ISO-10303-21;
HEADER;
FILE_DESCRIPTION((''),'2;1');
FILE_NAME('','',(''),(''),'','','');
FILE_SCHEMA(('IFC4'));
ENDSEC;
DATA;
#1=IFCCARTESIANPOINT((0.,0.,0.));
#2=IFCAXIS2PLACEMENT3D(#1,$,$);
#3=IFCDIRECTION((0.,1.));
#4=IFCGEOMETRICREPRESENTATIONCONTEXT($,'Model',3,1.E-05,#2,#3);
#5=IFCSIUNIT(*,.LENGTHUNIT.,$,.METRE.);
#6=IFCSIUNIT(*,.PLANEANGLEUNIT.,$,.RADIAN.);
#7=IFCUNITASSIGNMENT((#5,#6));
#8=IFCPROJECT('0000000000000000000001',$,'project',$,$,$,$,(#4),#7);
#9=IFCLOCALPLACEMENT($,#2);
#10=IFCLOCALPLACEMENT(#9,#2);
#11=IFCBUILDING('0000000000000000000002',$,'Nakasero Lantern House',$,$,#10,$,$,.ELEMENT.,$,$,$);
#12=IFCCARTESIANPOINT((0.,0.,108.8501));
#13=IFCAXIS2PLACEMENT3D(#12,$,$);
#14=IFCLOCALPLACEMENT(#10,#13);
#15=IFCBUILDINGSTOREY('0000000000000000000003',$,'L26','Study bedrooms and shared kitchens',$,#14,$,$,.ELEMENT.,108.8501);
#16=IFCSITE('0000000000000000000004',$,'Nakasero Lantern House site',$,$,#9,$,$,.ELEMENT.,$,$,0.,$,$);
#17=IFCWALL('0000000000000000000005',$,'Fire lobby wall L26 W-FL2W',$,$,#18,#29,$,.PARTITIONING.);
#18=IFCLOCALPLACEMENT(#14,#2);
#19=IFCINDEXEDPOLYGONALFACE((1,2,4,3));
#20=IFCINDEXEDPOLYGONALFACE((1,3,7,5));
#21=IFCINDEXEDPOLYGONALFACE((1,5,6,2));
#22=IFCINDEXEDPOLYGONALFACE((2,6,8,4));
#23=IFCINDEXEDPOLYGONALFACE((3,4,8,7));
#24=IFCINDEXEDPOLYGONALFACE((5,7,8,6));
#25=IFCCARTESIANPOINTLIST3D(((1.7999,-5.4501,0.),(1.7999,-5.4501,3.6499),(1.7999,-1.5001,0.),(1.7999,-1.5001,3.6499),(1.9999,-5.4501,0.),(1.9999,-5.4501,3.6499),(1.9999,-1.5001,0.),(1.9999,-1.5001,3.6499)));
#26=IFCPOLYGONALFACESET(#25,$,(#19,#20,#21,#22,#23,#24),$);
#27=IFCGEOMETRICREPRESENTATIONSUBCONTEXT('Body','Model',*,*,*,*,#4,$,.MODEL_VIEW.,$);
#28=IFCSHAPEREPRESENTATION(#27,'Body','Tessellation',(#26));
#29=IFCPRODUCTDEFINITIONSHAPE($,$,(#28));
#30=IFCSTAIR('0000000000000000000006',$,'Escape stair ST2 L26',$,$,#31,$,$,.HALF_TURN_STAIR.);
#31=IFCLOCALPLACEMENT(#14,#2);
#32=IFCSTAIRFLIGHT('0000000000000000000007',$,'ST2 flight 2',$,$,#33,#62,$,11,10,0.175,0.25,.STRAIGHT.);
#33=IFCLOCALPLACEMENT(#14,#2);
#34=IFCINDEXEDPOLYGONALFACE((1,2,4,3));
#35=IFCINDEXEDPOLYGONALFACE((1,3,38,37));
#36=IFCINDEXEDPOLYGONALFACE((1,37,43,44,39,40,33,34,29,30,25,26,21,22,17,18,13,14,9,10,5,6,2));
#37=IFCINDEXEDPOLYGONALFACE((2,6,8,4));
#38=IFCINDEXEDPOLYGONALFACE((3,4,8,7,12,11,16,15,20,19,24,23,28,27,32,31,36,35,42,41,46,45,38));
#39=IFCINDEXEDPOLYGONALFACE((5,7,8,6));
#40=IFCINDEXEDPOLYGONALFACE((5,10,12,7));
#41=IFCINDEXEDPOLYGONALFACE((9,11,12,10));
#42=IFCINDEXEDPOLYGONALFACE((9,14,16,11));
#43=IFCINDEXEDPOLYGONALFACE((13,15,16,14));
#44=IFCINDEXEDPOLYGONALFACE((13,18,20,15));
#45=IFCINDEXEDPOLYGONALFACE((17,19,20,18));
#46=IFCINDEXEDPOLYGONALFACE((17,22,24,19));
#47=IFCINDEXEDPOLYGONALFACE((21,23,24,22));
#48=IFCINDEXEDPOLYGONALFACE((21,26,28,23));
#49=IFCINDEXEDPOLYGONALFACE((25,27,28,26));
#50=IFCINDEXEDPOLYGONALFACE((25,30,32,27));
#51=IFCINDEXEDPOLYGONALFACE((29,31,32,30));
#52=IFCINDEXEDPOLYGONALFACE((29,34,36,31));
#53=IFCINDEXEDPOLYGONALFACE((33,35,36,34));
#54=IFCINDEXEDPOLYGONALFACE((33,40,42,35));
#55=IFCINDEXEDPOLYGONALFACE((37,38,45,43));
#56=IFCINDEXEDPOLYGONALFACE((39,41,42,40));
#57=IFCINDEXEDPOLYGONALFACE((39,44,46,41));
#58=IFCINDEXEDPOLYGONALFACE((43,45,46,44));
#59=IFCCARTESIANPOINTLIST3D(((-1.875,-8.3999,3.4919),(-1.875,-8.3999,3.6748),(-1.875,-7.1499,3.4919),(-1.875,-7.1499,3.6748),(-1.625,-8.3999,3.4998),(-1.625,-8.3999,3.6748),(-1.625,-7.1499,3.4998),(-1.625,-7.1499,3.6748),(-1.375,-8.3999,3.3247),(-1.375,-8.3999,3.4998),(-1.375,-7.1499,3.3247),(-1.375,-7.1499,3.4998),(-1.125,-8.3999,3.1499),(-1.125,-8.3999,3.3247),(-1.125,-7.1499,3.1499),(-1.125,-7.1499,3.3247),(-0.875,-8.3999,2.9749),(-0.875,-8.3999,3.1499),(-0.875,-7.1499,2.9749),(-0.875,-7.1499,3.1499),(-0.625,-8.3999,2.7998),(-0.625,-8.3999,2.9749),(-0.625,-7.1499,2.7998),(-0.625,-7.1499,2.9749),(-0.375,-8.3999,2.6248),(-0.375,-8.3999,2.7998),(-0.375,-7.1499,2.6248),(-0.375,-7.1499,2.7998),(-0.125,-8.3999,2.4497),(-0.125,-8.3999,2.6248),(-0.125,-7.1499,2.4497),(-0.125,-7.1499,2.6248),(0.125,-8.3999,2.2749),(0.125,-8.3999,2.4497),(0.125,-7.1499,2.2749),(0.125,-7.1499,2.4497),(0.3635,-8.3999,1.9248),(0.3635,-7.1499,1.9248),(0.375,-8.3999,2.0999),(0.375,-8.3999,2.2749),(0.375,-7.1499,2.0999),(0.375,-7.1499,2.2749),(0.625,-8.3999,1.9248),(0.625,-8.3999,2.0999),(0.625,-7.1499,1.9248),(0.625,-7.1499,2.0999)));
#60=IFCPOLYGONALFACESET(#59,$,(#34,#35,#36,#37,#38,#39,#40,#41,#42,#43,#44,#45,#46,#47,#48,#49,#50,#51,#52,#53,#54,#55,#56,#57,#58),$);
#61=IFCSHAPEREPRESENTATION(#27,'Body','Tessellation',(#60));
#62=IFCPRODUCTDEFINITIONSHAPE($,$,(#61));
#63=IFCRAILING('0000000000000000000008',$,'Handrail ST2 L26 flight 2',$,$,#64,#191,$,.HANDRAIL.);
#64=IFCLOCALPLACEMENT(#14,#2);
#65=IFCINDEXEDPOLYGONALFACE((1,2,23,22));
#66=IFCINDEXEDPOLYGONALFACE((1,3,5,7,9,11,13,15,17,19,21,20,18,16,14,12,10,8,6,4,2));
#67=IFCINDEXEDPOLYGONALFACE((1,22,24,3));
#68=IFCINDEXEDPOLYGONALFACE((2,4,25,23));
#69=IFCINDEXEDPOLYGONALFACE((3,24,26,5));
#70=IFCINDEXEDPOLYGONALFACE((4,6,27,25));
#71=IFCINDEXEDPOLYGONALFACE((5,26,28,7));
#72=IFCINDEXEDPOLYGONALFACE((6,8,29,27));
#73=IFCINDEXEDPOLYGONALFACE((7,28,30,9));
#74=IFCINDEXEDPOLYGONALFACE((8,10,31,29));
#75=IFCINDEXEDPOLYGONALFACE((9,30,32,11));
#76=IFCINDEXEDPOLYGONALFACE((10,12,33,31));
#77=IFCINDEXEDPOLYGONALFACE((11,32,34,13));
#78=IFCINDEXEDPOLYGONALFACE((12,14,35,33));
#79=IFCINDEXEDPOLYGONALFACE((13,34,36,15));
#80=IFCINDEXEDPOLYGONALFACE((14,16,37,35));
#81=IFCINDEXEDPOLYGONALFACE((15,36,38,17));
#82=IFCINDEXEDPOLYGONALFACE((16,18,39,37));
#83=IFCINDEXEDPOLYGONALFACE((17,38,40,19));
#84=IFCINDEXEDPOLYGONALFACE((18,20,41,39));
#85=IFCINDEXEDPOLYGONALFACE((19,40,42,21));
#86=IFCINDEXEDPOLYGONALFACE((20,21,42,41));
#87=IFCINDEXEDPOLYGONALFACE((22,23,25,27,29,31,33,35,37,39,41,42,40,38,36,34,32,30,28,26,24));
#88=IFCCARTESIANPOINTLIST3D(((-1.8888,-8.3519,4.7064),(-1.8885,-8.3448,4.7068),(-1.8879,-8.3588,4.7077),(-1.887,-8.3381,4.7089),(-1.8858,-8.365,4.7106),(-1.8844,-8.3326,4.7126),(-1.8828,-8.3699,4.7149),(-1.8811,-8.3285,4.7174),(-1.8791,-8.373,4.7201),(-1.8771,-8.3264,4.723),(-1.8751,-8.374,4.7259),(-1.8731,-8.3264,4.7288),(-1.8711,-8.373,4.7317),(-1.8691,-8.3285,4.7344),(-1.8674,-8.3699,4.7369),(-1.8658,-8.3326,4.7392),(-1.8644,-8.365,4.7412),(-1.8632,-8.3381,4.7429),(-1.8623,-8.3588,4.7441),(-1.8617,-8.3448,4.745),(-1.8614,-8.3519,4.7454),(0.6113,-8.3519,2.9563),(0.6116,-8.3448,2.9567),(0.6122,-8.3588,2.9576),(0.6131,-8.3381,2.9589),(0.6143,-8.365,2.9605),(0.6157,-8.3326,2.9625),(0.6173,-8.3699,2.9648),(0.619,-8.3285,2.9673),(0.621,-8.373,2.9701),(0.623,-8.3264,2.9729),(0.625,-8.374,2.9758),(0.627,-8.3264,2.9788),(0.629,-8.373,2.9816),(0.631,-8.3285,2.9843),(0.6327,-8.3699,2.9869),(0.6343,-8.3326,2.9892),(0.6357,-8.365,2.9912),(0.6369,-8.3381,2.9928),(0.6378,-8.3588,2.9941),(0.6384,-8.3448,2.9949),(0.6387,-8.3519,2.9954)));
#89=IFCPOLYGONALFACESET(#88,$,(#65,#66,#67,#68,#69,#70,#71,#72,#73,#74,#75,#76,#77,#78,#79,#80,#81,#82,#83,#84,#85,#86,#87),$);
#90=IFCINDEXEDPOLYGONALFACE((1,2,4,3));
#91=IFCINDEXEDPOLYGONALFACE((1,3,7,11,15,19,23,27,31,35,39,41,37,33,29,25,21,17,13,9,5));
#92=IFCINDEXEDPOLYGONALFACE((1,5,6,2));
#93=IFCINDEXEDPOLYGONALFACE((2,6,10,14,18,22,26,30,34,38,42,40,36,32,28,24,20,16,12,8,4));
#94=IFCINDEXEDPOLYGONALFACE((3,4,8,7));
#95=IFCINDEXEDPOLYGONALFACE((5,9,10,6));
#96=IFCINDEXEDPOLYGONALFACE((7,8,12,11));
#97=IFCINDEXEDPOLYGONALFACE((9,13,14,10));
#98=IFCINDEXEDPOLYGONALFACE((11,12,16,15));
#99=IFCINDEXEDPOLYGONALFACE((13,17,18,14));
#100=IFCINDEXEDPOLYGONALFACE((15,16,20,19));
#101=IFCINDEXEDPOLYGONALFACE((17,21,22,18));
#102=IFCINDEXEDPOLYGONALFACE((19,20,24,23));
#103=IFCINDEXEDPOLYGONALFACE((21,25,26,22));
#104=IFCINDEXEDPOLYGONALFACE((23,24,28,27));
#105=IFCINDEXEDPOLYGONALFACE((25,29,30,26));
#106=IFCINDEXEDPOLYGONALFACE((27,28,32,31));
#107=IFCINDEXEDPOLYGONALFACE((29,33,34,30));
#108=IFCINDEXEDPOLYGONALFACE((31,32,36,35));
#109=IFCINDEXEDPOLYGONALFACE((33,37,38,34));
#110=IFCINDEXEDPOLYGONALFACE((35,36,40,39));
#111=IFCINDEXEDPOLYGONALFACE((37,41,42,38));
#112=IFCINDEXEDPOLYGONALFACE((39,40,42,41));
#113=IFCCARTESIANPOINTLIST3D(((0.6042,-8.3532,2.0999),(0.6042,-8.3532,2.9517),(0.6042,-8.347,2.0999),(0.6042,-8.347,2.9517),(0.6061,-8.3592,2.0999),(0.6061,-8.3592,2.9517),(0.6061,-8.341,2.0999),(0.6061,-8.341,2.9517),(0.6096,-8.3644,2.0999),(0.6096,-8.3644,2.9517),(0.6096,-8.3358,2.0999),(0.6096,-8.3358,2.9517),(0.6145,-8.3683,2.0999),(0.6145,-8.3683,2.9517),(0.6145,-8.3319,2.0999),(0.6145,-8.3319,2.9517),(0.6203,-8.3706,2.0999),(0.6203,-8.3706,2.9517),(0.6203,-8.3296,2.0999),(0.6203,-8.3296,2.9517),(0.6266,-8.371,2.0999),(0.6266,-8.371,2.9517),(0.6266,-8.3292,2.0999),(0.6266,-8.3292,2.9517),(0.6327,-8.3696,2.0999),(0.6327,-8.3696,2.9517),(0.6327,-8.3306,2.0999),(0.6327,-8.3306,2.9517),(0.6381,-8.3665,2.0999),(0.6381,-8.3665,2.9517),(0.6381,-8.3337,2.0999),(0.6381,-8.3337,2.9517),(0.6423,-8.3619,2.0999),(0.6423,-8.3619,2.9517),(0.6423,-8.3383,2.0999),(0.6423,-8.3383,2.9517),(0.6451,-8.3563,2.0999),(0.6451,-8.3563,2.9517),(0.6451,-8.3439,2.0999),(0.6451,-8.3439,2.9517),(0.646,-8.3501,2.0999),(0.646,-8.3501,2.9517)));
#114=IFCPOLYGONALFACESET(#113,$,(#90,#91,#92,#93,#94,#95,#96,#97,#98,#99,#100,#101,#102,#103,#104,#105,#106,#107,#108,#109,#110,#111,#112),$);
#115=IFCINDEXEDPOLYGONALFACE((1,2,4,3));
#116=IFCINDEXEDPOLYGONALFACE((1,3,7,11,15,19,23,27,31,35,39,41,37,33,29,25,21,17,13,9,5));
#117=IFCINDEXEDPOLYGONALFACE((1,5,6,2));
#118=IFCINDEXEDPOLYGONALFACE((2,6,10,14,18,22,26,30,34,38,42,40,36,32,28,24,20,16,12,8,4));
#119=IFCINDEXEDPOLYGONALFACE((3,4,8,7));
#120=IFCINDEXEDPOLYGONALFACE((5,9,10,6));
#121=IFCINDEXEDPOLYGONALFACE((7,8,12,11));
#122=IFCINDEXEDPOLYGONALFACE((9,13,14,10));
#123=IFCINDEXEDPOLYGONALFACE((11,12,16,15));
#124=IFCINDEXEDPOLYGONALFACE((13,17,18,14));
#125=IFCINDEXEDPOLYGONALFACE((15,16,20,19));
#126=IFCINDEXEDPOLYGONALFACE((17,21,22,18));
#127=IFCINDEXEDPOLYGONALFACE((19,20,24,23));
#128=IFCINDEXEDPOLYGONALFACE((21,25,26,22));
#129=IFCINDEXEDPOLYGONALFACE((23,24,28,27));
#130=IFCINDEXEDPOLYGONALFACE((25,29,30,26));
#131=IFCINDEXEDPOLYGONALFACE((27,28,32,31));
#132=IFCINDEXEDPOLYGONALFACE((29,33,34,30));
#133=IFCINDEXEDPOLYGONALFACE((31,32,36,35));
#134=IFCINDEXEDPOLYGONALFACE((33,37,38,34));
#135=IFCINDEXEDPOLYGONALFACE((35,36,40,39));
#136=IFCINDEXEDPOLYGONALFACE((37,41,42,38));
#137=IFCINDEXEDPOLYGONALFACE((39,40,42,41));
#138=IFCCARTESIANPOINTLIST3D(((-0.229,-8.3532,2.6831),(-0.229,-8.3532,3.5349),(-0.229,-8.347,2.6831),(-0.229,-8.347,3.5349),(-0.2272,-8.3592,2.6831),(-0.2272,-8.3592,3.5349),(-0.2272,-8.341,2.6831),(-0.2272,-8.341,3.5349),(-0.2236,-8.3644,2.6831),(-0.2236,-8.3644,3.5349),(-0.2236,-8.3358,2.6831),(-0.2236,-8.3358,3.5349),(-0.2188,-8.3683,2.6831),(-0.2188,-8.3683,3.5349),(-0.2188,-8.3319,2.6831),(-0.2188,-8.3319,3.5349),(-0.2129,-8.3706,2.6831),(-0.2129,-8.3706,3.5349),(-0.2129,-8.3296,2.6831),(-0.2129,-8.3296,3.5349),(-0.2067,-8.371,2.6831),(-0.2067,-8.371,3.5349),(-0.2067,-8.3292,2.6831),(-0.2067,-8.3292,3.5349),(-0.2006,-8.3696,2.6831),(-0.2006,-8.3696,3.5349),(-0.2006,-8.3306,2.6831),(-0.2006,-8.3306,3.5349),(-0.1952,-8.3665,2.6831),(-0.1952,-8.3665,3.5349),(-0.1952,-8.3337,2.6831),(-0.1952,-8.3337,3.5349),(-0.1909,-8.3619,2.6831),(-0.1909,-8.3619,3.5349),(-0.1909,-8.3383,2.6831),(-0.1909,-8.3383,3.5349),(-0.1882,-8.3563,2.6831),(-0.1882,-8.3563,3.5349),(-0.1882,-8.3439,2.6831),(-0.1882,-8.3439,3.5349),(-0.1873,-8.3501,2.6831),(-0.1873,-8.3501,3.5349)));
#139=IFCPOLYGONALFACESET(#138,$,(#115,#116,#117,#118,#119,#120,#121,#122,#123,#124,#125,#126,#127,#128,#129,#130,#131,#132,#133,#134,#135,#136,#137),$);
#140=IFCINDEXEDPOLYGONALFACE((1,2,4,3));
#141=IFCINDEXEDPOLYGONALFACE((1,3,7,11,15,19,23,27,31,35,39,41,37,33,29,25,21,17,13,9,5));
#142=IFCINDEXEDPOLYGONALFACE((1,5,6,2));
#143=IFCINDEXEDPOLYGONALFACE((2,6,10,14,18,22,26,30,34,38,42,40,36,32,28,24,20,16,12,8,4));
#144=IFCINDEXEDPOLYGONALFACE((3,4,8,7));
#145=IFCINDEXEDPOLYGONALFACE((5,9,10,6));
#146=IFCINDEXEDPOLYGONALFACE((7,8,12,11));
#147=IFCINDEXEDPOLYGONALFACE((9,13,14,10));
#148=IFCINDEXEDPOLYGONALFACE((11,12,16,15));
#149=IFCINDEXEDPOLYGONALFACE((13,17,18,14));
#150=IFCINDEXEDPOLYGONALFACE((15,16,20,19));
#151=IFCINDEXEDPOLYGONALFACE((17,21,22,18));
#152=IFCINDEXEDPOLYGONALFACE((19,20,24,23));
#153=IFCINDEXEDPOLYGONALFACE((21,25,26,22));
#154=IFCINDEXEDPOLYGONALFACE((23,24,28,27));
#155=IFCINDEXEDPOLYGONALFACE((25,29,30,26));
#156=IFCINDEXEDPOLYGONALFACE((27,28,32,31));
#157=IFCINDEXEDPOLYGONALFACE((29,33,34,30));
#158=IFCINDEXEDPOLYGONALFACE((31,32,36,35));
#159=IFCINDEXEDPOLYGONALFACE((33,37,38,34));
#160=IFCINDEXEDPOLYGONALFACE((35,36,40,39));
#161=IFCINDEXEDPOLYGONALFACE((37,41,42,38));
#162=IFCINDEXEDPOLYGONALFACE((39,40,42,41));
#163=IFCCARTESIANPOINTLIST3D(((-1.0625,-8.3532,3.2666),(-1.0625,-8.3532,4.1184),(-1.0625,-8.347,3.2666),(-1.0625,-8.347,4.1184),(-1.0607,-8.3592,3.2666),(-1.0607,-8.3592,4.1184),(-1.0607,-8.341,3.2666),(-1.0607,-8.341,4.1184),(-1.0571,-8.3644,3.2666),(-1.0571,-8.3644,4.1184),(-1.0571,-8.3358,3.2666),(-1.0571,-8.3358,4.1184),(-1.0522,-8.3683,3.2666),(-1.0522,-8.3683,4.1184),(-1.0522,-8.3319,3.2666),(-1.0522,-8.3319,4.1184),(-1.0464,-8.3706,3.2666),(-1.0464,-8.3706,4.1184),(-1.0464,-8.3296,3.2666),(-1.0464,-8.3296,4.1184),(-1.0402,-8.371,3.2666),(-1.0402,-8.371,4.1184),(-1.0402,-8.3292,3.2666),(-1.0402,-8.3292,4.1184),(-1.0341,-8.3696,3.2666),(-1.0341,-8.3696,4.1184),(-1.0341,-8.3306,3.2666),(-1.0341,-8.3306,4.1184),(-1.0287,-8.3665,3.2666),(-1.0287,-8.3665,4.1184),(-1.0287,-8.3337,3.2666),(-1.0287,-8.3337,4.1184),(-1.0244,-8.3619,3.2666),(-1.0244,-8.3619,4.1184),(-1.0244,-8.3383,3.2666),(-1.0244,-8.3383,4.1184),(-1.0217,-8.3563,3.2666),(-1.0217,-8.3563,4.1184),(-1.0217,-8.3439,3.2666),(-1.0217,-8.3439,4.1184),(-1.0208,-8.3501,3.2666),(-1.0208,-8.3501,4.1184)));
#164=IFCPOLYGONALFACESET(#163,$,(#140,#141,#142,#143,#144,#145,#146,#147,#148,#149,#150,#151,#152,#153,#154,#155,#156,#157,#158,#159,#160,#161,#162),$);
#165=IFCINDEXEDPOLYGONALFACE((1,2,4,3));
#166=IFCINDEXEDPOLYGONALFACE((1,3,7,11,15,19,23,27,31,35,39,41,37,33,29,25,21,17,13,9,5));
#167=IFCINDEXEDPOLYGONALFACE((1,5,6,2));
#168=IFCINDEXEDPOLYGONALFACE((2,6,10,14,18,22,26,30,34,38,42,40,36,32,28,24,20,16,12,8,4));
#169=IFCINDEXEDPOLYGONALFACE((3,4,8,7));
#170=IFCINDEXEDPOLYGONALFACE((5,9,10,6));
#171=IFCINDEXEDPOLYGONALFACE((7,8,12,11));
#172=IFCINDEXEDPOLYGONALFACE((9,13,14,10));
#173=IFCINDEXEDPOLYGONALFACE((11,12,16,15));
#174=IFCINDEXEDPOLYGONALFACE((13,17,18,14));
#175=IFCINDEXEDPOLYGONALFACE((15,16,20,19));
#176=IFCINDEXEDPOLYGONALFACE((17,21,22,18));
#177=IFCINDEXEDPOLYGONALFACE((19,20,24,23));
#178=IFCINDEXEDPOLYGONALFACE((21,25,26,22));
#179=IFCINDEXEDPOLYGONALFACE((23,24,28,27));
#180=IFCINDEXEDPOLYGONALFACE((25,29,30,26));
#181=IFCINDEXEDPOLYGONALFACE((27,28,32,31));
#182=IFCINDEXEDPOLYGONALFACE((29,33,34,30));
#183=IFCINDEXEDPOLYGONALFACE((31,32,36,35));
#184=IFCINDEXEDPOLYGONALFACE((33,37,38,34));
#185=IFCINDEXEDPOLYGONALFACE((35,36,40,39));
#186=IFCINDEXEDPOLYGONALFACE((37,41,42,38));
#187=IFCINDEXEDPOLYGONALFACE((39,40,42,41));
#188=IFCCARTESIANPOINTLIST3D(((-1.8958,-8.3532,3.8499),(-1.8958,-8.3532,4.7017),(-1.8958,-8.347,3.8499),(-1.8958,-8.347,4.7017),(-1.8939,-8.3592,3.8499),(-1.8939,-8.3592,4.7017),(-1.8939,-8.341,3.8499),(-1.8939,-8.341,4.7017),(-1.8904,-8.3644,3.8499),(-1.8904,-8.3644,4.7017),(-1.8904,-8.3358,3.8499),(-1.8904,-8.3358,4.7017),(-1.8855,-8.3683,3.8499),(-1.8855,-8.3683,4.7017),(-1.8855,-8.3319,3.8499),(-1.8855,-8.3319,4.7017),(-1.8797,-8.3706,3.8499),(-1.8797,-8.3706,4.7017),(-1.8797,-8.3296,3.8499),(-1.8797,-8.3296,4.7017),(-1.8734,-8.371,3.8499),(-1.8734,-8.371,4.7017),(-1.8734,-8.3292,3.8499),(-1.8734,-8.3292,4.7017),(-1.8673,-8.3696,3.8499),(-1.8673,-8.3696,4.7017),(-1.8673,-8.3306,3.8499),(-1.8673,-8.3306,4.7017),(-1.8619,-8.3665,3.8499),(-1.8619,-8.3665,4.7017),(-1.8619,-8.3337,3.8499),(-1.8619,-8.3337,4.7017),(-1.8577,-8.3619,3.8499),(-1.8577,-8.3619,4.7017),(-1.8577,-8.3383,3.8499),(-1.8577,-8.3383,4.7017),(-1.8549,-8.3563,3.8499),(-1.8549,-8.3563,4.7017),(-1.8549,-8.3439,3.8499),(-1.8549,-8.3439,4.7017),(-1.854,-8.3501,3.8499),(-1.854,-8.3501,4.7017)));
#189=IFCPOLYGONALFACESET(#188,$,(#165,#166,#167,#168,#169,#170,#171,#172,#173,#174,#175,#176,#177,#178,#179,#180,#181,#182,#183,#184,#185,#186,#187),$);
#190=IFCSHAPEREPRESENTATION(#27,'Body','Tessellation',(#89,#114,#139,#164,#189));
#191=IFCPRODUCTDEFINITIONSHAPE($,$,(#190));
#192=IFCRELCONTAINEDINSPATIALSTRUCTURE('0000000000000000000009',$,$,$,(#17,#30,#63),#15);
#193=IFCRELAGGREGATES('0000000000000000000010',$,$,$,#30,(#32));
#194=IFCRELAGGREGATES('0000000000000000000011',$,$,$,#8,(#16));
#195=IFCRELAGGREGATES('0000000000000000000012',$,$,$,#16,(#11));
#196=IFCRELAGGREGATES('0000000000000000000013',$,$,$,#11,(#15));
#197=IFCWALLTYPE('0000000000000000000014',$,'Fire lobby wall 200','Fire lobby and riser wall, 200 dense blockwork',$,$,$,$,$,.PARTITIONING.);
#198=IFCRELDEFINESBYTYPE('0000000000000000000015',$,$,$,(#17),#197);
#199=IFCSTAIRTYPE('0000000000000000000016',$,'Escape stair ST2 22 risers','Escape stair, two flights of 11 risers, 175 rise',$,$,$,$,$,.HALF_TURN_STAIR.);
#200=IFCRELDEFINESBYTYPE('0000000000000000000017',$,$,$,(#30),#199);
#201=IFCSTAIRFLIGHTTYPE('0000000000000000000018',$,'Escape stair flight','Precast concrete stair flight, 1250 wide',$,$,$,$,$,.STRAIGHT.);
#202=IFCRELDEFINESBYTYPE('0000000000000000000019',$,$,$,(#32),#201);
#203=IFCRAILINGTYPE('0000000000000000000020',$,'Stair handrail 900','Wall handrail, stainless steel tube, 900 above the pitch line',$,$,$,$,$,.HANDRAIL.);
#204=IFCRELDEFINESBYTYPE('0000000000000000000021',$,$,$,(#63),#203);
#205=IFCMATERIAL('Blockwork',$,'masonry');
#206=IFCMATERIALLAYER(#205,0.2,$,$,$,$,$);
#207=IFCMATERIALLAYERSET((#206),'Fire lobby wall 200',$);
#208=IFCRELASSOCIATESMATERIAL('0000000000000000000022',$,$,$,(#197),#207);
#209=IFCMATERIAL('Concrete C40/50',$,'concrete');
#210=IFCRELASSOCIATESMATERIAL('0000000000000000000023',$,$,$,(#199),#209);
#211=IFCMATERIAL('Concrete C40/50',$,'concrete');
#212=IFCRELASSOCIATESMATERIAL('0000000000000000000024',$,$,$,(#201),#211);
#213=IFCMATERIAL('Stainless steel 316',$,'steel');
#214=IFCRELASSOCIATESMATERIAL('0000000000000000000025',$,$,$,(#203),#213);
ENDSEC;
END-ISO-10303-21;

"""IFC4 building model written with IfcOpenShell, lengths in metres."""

from ifc_helpers import new_model, si_unit, direction, frame, frame_2d, origin, origin_2d, place, context, subcontext, project, spatial, polyline, rectangle, circle, outline, extrude, material, layer, layer_set, type_object, element, aggregate, save


model = new_model("IFC4")

# Units and contexts
model_context = context("Model", 3, precision=1e-05, world=origin(), true_north=direction((0.0, 1.0)))
body_context = subcontext(model_context, "Body", "Model", "MODEL_VIEW")
ifc_project = project(units=[si_unit("LENGTHUNIT", "METRE"), si_unit("PLANEANGLEUNIT", "RADIAN")], contexts=[model_context])

# Site, building, storey
site_placement = place(None, origin())
site = spatial("IfcSite", under=ifc_project, at=site_placement, Name="Nakasero Lantern House site", CompositionType="ELEMENT", RefElevation=0.0)
building_placement = place(site_placement, origin())
building = spatial("IfcBuilding", under=site, at=building_placement, Name="Nakasero Lantern House", CompositionType="ELEMENT")
storey_placement = place(building_placement, frame((0.0, 0.0, 108.8501)))
storey = spatial("IfcBuildingStorey", under=building, at=storey_placement, Name="L26", Description="Study bedrooms and shared kitchens", CompositionType="ELEMENT", Elevation=108.8501)

# Shared definitions
ifc_material_1 = material(Name="Blockwork", Category="masonry")
ifc_layer_1 = layer(ifc_material_1, 0.2)
ifc_layer_set_1 = layer_set([ifc_layer_1], Name="Fire lobby wall 200")
wall_type_1 = type_object("IfcWallType", Name="Fire lobby wall 200", Description="Fire lobby and riser wall, 200 dense blockwork", PredefinedType="PARTITIONING", material=ifc_layer_set_1)

# Wall
wall_1_placement = place(storey_placement, frame((1.8999, -1.5, 0.0), z_axis=(0.0, 0.0, 1.0), x_axis=(0.0, -1.0, 0.0)))
element("IfcWall", 1, at=wall_1_placement, inside=storey, type_object=wall_type_1, Name="Fire lobby wall L26 W-FL2W", PredefinedType="PARTITIONING", context=body_context, shape_type="SweptSolid", body=[
    extrude(rectangle(XDim=3.95, YDim=0.2, at=frame_2d((1.9751, 0.0))), origin(), (0.0, 0.0, 1.0), 3.6499),
])

# Stair, stair flight
ifc_material_2 = material(Name="Concrete C40/50", Category="concrete")
stair_type = type_object("IfcStairType", Name="Escape stair ST2 22 risers", Description="Escape stair, two flights of 11 risers, 175 rise", PredefinedType="HALF_TURN_STAIR", material=ifc_material_2)
stair_placement = place(storey_placement, origin())
stair = element("IfcStair", 2, at=stair_placement, inside=storey, type_object=stair_type, Name="Escape stair ST2 L26", PredefinedType="HALF_TURN_STAIR")
ifc_material_3 = material(Name="Concrete C40/50", Category="concrete")
stair_flight_type = type_object("IfcStairFlightType", Name="Escape stair flight", Description="Precast concrete stair flight, 1250 wide", PredefinedType="STRAIGHT", material=ifc_material_3)
stair_flight_placement = place(storey_placement, frame((0.625, -7.7749, 1.9248), z_axis=(0.0, 0.0, 1.0), x_axis=(-1.0, 0.0, 0.0)))
stair_flight = element("IfcStairFlight", 3, at=stair_flight_placement, type_object=stair_flight_type, Name="ST2 flight 2", NumberOfRisers=11, NumberOfTreads=10, PredefinedType="STRAIGHT", RiserHeight=0.175, TreadLength=0.25, context=body_context, shape_type="SweptSolid", body=[
    extrude(outline(polyline([(0.0, 0.0), (0.0, 0.175), (0.25, 0.175), (0.25, 0.3501), (0.5, 0.3501), (0.5, 0.5249), (0.75, 0.5249), (0.75, 0.7), (1.0, 0.7), (1.0, 0.875), (1.25, 0.875), (1.25, 1.05), (1.5, 1.05), (1.5, 1.2251), (1.75, 1.2251), (1.75, 1.3999), (2.0, 1.3999), (2.0, 1.575), (2.25, 1.575), (2.25, 1.75), (2.5, 1.75), (2.5, 1.925), (2.5, 1.5671), (0.2615, 0.0), (0.0, 0.0)])), frame((0.0, 0.625, 0.0), z_axis=(0.0, -1.0, 0.0), x_axis=(1.0, 0.0, 0.0)), (0.0, 0.0, 1.0), 1.25),
])
aggregate(stair, [stair_flight])

# Railing
ifc_material_4 = material(Name="Stainless steel 316", Category="steel")
railing_type = type_object("IfcRailingType", Name="Stair handrail 900", Description="Wall handrail, stainless steel tube, 900 above the pitch line", PredefinedType="HANDRAIL", material=ifc_material_4)
railing_placement = place(storey_placement, frame((0.625, -8.3501, 2.0999)))
element("IfcRailing", 4, at=railing_placement, inside=storey, type_object=railing_type, Name="Handrail ST2 L26 flight 2", PredefinedType="HANDRAIL", context=body_context, shape_type="SweptSolid", body=[
    extrude(circle(Radius=0.0239, at=origin_2d()), frame((0.0, 0.0, 0.876), z_axis=(-0.819232, 0.0, 0.573462), x_axis=(0.0, -1.0, 0.0)), (0.0, 0.0, 1.0), 3.0518),
    extrude(circle(Radius=0.021, at=origin_2d()), origin(), (0.0, 0.0, 1.0), 0.8518),
    extrude(circle(Radius=0.021, at=origin_2d()), frame((-0.8333, 0.0, 0.5833)), (0.0, 0.0, 1.0), 0.8518),
    extrude(circle(Radius=0.021, at=origin_2d()), frame((-1.6667, 0.0, 1.1667)), (0.0, 0.0, 1.0), 0.8518),
    extrude(circle(Radius=0.021, at=origin_2d()), frame((-2.5, 0.0, 1.75)), (0.0, 0.0, 1.0), 0.8518),
])

save(model, "model.ifc")
